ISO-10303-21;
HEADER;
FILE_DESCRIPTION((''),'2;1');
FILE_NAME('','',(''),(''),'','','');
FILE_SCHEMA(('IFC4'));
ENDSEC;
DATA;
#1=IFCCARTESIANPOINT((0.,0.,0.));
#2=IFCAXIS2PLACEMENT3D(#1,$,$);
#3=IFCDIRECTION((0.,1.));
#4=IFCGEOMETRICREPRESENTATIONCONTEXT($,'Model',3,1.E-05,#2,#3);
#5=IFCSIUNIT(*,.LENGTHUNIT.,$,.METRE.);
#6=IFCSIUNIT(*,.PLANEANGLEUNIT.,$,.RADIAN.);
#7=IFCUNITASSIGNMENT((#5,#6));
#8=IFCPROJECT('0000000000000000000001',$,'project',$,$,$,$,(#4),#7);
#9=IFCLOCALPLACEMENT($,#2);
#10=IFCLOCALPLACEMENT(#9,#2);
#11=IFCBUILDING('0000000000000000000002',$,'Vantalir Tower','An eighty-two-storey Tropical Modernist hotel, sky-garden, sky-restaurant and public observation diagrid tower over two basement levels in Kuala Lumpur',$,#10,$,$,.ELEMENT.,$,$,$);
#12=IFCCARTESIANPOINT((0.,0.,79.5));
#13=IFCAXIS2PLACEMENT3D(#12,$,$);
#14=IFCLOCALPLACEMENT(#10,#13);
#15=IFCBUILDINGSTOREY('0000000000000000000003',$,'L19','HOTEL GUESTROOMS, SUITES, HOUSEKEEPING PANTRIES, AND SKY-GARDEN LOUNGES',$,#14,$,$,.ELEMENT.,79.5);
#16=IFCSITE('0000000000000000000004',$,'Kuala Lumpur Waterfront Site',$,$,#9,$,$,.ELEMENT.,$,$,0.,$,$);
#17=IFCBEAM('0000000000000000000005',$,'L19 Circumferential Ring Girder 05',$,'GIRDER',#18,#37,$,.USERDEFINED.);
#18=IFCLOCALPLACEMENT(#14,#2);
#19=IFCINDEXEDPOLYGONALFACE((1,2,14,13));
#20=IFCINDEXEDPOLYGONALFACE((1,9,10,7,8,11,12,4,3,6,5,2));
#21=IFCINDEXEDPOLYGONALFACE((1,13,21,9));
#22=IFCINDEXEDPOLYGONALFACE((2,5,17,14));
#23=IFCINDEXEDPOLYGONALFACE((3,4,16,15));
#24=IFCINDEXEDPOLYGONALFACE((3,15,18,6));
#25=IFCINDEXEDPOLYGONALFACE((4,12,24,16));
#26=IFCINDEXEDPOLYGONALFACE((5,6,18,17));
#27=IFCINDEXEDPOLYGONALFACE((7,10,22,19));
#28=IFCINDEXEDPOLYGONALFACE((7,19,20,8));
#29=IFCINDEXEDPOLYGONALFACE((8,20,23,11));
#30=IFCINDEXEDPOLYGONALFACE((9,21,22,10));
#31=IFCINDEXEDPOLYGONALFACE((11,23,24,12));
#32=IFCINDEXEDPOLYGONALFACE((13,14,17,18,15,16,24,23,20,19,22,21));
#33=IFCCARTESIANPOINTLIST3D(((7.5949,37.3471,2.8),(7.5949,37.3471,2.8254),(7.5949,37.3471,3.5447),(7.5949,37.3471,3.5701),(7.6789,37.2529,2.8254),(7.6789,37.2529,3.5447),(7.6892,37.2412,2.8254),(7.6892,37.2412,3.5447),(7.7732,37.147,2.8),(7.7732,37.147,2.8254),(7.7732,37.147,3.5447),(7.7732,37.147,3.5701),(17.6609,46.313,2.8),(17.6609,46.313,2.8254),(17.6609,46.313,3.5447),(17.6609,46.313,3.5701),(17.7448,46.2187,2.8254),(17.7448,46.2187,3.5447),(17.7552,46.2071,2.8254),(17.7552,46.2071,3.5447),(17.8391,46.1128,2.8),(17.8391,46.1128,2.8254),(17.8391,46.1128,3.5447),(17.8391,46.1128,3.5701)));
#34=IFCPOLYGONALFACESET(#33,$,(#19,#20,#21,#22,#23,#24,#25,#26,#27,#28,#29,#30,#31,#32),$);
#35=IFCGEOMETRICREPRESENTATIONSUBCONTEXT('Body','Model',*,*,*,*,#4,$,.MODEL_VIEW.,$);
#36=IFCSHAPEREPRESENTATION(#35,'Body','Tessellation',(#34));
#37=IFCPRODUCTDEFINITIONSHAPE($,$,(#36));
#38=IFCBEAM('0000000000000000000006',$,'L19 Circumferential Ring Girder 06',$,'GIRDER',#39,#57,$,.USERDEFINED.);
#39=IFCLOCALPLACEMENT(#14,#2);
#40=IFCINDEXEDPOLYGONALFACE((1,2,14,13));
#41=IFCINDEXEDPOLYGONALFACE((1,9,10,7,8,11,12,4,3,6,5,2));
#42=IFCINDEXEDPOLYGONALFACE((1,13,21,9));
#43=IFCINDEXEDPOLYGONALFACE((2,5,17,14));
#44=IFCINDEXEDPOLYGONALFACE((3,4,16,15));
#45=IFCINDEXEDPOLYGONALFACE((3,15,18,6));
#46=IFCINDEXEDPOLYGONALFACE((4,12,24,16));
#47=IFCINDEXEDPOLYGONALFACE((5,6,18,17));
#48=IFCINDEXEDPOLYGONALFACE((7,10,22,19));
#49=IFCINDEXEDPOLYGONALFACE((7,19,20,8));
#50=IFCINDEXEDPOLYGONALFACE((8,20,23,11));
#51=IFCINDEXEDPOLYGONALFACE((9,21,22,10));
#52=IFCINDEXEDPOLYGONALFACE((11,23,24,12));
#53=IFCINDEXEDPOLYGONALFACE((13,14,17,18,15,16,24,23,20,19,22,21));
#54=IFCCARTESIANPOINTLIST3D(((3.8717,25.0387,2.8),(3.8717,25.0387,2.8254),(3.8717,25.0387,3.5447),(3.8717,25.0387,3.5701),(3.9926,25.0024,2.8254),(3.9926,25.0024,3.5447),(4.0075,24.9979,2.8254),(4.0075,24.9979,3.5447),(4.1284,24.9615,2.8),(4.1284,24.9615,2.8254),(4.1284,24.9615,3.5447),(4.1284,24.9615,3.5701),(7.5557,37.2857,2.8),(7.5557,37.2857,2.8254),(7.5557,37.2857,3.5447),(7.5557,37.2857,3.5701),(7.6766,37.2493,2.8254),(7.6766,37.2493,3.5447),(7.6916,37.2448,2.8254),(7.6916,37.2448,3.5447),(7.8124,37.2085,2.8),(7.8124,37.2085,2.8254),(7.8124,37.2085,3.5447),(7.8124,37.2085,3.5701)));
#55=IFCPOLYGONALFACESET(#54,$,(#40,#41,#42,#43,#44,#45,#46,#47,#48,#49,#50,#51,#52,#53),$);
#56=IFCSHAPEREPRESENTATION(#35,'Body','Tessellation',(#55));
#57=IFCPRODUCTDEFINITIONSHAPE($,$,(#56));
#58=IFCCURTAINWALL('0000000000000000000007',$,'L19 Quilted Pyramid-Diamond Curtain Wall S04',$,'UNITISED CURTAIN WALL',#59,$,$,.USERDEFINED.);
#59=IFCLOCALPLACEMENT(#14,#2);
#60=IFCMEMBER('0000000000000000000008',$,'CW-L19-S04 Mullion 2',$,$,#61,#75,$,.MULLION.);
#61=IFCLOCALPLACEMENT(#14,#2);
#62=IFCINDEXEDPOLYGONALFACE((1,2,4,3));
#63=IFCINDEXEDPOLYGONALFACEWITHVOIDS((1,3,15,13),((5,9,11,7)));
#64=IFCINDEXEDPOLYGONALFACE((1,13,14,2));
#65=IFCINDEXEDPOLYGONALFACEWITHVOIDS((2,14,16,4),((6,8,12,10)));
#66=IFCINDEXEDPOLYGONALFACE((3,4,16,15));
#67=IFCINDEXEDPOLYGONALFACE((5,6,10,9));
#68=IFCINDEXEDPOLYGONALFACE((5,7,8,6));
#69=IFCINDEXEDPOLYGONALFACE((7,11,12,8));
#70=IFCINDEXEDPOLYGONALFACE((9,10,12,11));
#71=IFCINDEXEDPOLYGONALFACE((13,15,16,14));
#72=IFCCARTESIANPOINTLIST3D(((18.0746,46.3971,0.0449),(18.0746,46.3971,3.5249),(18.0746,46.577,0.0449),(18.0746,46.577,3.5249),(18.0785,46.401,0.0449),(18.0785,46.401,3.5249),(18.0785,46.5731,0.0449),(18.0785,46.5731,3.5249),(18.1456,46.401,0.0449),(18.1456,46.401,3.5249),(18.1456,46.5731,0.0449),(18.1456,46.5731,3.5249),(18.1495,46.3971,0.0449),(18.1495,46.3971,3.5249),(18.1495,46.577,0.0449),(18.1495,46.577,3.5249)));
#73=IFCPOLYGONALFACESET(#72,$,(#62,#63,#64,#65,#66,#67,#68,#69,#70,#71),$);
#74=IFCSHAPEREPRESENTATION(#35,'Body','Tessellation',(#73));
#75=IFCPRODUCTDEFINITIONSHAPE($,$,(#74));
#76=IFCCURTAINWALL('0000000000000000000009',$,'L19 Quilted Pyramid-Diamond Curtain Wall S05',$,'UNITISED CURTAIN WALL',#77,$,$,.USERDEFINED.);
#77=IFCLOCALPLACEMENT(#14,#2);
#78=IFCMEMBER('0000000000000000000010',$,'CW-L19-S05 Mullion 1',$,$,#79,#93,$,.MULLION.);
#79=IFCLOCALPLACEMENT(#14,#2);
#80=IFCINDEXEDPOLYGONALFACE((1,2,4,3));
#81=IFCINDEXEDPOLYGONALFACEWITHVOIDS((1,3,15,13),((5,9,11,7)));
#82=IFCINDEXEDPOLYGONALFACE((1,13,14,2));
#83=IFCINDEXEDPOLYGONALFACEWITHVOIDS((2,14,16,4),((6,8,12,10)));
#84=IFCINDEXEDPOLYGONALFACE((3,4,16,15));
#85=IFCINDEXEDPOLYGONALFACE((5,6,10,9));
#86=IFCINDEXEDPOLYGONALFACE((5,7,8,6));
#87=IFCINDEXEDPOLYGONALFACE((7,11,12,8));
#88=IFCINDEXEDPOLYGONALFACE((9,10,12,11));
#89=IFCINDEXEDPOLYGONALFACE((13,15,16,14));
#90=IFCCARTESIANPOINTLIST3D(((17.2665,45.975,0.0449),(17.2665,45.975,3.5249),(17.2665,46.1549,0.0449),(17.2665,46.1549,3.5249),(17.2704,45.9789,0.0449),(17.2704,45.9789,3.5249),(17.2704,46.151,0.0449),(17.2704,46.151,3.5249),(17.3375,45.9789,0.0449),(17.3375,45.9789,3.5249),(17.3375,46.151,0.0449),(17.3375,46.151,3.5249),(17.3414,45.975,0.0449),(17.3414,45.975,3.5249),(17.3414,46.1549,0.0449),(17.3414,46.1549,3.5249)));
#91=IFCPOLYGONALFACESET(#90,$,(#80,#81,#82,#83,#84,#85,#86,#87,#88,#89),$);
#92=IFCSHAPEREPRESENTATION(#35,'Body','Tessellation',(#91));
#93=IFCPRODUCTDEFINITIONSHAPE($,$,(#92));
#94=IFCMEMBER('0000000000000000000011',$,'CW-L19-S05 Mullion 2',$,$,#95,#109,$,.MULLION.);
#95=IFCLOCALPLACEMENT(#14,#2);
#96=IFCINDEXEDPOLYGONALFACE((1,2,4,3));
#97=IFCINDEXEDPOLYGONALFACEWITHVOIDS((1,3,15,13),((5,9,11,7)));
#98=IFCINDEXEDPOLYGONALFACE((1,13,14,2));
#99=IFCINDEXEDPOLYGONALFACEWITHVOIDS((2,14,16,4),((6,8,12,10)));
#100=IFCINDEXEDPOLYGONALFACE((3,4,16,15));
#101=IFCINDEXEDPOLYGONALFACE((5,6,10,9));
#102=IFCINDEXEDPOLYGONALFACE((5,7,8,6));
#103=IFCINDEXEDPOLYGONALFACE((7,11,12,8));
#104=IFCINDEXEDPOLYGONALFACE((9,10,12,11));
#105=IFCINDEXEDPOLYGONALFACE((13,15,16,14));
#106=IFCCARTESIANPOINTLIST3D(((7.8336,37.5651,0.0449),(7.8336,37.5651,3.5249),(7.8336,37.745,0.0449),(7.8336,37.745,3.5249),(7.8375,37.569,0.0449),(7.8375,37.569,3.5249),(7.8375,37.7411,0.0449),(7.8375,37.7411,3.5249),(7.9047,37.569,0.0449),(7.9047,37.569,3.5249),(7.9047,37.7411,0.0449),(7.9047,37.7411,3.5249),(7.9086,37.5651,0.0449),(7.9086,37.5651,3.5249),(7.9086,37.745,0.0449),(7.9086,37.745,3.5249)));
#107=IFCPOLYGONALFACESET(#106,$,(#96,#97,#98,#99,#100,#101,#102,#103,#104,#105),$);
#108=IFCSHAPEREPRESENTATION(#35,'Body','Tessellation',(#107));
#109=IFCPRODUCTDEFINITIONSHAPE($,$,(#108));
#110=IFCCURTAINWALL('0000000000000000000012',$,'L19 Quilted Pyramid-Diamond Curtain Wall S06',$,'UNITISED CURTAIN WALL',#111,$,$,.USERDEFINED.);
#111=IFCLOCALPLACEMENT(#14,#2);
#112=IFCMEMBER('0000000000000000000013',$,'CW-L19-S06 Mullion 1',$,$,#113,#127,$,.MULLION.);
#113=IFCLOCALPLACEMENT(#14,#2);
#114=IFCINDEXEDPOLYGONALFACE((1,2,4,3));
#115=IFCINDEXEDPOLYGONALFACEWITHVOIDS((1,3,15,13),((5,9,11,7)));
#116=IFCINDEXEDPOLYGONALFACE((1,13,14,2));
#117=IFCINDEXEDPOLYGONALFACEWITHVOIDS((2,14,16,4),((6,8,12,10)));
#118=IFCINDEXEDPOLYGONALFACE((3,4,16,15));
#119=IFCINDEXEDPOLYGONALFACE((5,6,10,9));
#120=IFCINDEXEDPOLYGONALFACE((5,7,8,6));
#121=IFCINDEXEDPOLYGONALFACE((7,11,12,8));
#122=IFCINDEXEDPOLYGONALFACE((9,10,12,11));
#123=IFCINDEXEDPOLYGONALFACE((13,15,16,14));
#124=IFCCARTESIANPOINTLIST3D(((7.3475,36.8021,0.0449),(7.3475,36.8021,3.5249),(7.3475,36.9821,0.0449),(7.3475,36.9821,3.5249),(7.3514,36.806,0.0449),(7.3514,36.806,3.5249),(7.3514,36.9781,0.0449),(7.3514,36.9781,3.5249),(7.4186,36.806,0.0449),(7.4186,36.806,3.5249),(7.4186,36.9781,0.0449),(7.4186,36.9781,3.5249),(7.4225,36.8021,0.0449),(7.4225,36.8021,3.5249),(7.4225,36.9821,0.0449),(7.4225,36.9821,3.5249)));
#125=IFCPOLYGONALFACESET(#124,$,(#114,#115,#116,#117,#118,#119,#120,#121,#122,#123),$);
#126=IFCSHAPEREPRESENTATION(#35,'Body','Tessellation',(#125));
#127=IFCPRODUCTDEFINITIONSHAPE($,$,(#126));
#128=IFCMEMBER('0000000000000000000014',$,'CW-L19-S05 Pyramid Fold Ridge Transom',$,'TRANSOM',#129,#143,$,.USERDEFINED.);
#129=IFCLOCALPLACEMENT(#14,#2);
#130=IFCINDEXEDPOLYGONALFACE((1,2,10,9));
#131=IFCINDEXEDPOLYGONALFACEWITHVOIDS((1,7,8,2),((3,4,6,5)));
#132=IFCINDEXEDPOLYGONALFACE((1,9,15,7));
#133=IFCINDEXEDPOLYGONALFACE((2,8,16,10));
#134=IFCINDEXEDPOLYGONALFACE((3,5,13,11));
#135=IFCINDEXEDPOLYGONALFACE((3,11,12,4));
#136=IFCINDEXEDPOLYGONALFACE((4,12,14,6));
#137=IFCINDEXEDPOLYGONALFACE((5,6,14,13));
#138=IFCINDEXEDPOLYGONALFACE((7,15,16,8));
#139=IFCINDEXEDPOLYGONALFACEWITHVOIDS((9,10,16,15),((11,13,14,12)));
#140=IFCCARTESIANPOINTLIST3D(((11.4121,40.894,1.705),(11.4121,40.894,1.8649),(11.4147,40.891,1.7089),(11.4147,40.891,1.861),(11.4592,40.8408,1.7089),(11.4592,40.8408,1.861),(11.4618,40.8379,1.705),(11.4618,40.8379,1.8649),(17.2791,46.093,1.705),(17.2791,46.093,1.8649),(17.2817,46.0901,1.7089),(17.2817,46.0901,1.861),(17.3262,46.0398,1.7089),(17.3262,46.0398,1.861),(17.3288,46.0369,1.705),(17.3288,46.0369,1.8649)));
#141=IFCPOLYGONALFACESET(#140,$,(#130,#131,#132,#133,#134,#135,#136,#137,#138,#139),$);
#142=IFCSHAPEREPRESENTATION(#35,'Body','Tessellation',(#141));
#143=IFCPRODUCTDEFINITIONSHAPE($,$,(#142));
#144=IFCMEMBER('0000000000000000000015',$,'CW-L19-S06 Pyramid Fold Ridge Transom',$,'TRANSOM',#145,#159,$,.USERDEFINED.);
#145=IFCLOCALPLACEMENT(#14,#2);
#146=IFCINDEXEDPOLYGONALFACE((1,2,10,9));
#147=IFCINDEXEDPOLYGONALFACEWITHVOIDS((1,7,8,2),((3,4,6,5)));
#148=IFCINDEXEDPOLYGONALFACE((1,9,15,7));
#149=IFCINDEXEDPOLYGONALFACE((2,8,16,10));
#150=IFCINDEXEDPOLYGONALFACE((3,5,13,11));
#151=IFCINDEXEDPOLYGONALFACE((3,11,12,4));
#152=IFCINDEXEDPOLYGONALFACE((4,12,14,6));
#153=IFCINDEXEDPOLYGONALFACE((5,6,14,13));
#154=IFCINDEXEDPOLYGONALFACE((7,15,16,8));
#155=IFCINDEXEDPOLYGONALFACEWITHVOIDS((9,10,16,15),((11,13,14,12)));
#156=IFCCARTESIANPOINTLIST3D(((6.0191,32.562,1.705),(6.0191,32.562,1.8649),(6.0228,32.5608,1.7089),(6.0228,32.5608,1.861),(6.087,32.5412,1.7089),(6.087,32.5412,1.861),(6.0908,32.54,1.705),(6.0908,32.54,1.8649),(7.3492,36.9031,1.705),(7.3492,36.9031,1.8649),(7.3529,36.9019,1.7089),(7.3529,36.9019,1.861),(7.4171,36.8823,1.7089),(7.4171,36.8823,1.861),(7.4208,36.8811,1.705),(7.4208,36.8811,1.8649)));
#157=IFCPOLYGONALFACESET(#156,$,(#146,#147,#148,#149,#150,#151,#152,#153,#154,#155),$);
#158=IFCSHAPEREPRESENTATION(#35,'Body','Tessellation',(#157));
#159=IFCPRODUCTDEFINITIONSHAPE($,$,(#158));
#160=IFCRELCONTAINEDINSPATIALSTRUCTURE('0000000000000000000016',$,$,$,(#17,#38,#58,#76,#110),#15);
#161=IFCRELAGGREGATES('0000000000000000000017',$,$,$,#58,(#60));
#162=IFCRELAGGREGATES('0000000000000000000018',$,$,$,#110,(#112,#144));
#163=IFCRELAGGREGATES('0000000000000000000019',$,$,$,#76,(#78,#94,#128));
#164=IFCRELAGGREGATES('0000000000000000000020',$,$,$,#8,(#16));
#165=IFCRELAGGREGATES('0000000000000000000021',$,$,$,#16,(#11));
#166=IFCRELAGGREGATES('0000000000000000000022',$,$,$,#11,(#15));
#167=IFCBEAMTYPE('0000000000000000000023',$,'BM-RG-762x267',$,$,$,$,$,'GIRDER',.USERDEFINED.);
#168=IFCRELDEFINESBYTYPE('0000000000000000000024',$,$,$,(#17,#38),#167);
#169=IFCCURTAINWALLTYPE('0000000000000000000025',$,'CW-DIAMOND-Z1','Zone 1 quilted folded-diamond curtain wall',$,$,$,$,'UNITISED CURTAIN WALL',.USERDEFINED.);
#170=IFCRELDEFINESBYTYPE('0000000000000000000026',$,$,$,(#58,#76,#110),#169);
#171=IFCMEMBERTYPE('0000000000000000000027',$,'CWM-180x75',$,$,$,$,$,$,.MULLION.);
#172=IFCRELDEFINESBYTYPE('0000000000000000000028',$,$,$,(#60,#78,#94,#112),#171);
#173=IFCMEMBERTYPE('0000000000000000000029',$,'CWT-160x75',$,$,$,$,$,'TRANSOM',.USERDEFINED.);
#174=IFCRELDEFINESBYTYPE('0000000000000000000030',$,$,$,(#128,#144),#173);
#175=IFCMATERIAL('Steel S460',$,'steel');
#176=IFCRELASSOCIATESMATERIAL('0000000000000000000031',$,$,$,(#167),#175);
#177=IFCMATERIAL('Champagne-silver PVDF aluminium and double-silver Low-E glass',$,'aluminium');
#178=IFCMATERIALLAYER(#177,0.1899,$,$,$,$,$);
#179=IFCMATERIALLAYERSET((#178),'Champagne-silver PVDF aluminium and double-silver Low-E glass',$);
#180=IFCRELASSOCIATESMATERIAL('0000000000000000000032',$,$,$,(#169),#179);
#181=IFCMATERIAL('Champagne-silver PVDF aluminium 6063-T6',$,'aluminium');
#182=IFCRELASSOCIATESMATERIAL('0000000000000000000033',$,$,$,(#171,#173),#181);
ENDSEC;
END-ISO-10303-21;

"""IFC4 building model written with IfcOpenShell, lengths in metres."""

from ifc_helpers import new_model, si_unit, direction, frame, origin, origin_2d, place, context, subcontext, project, spatial, hollow_rectangle, i_section, extrude, material, layer, layer_set, material_profile, profile_set, type_object, element, aggregate, save


model = new_model("IFC4")

# Units and contexts
model_context = context("Model", 3, precision=1e-05, world=origin(), true_north=direction((0.0, 1.0)))
body_context = subcontext(model_context, "Body", "Model", "MODEL_VIEW")
ifc_project = project(units=[si_unit("LENGTHUNIT", "METRE"), si_unit("PLANEANGLEUNIT", "RADIAN")], contexts=[model_context])

# Site, building, storey
site_placement = place(None, origin())
site = spatial("IfcSite", under=ifc_project, at=site_placement, Name="Kuala Lumpur Waterfront Site", CompositionType="ELEMENT", RefElevation=0.0)
building_placement = place(site_placement, origin())
building = spatial("IfcBuilding", under=site, at=building_placement, Name="Vantalir Tower", Description="An eighty-two-storey Tropical Modernist hotel, sky-garden, sky-restaurant and public observation diagrid tower over two basement levels in Kuala Lumpur", CompositionType="ELEMENT")
storey_placement = place(building_placement, frame((0.0, 0.0, 79.5)))
storey = spatial("IfcBuildingStorey", under=building, at=storey_placement, Name="L19", Description="HOTEL GUESTROOMS, SUITES, HOUSEKEEPING PANTRIES, AND SKY-GARDEN LOUNGES", CompositionType="ELEMENT", Elevation=79.5)

# Shared definitions
ifc_material_1 = material(Name="Steel S460", Category="steel")

# Beams
ifc_material_profile_1 = material_profile(ifc_material_1, i_section(OverallWidth=0.2681, OverallDepth=0.77, WebThickness=0.0156, FlangeThickness=0.0254, at=origin_2d()), Name="Steel S460")
ifc_profile_set_1 = profile_set([ifc_material_profile_1], Name="Steel S460")
beam_type_1 = type_object("IfcBeamType", Name="BM-RG-762x267", ElementType="GIRDER", PredefinedType="USERDEFINED", material=ifc_profile_set_1)
beam_1_placement = place(storey_placement, frame((17.75, 46.2129, 3.1851), z_axis=(-0.746733, -0.665123, 0.0), x_axis=(0.665123, -0.746733, 0.0)))
element("IfcBeam", 1, at=beam_1_placement, inside=storey, type_object=beam_type_1, Name="L19 Circumferential Ring Girder 05", ObjectType="GIRDER", PredefinedType="USERDEFINED", context=body_context, shape_type="SweptSolid", body=[
    extrude(i_section(OverallWidth=0.2681, OverallDepth=0.77, WebThickness=0.0156, FlangeThickness=0.0254, at=origin_2d()), origin(), (0.0, 0.0, 1.0), 13.48),
])
beam_2_placement = place(storey_placement, frame((7.6841, 37.2471, 3.1851), z_axis=(-0.288062, -0.957612, 0.0), x_axis=(0.957612, -0.288062, 0.0)))
element("IfcBeam", 2, at=beam_2_placement, inside=storey, type_object=beam_type_1, Name="L19 Circumferential Ring Girder 06", ObjectType="GIRDER", PredefinedType="USERDEFINED", context=body_context, shape_type="SweptSolid", body=[
    extrude(i_section(OverallWidth=0.2681, OverallDepth=0.77, WebThickness=0.0156, FlangeThickness=0.0254, at=origin_2d()), origin(), (0.0, 0.0, 1.0), 12.7891),
])

# Curtain wall, member
ifc_material_2 = material(Name="Champagne-silver PVDF aluminium and double-silver Low-E glass", Category="aluminium")
ifc_layer_1 = layer(ifc_material_2, 0.1899)
ifc_layer_set_1 = layer_set([ifc_layer_1], Name="Champagne-silver PVDF aluminium and double-silver Low-E glass")
curtain_wall_type = type_object("IfcCurtainWallType", Name="CW-DIAMOND-Z1", Description="Zone 1 quilted folded-diamond curtain wall", ElementType="UNITISED CURTAIN WALL", PredefinedType="USERDEFINED", material=ifc_layer_set_1)
curtain_wall_1_placement = place(storey_placement, origin())
curtain_wall_1 = element("IfcCurtainWall", 3, at=curtain_wall_1_placement, inside=storey, type_object=curtain_wall_type, Name="L19 Quilted Pyramid-Diamond Curtain Wall S04", ObjectType="UNITISED CURTAIN WALL", PredefinedType="USERDEFINED")
ifc_material_3 = material(Name="Champagne-silver PVDF aluminium 6063-T6", Category="aluminium")
ifc_material_profile_2 = material_profile(ifc_material_3, hollow_rectangle(XDim=0.075, YDim=0.1799, WallThickness=0.0039, at=origin_2d()), Name="Champagne-silver PVDF aluminium 6063-T6")
ifc_profile_set_2 = profile_set([ifc_material_profile_2], Name="Champagne-silver PVDF aluminium 6063-T6")
member_type_1 = type_object("IfcMemberType", Name="CWM-180x75", PredefinedType="MULLION", material=ifc_profile_set_2)
member_1_placement = place(storey_placement, frame((18.1121, 46.4871, 0.0449), z_axis=(0.0, 0.0, 1.0), x_axis=(1.0, 0.0, 0.0)))
member_1 = element("IfcMember", 4, at=member_1_placement, type_object=member_type_1, Name="CW-L19-S04 Mullion 2", PredefinedType="MULLION", context=body_context, shape_type="SweptSolid", body=[
    extrude(hollow_rectangle(XDim=0.075, YDim=0.1799, WallThickness=0.0039, at=origin_2d()), origin(), (0.0, 0.0, 1.0), 3.48),
])
aggregate(curtain_wall_1, [member_1])

# Curtain wall, members
curtain_wall_2_placement = place(storey_placement, origin())
curtain_wall_2 = element("IfcCurtainWall", 5, at=curtain_wall_2_placement, inside=storey, type_object=curtain_wall_type, Name="L19 Quilted Pyramid-Diamond Curtain Wall S05", ObjectType="UNITISED CURTAIN WALL", PredefinedType="USERDEFINED")
member_2_placement = place(storey_placement, frame((17.304, 46.0649, 0.0449), z_axis=(0.0, 0.0, 1.0), x_axis=(1.0, 0.0, 0.0)))
member_2 = element("IfcMember", 6, at=member_2_placement, type_object=member_type_1, Name="CW-L19-S05 Mullion 1", PredefinedType="MULLION", context=body_context, shape_type="SweptSolid", body=[
    extrude(hollow_rectangle(XDim=0.075, YDim=0.1799, WallThickness=0.0039, at=origin_2d()), origin(), (0.0, 0.0, 1.0), 3.48),
])
member_3_placement = place(storey_placement, frame((7.8711, 37.655, 0.0449), z_axis=(0.0, 0.0, 1.0), x_axis=(1.0, 0.0, 0.0)))
member_3 = element("IfcMember", 7, at=member_3_placement, type_object=member_type_1, Name="CW-L19-S05 Mullion 2", PredefinedType="MULLION", context=body_context, shape_type="SweptSolid", body=[
    extrude(hollow_rectangle(XDim=0.075, YDim=0.1799, WallThickness=0.0039, at=origin_2d()), origin(), (0.0, 0.0, 1.0), 3.48),
])

# Curtain wall, member
curtain_wall_3_placement = place(storey_placement, origin())
curtain_wall_3 = element("IfcCurtainWall", 8, at=curtain_wall_3_placement, inside=storey, type_object=curtain_wall_type, Name="L19 Quilted Pyramid-Diamond Curtain Wall S06", ObjectType="UNITISED CURTAIN WALL", PredefinedType="USERDEFINED")
member_4_placement = place(storey_placement, frame((7.385, 36.8921, 0.0449), z_axis=(0.0, 0.0, 1.0), x_axis=(1.0, 0.0, 0.0)))
member_4 = element("IfcMember", 9, at=member_4_placement, type_object=member_type_1, Name="CW-L19-S06 Mullion 1", PredefinedType="MULLION", context=body_context, shape_type="SweptSolid", body=[
    extrude(hollow_rectangle(XDim=0.075, YDim=0.1799, WallThickness=0.0039, at=origin_2d()), origin(), (0.0, 0.0, 1.0), 3.48),
])

# Members
ifc_material_profile_3 = material_profile(ifc_material_3, hollow_rectangle(XDim=0.075, YDim=0.1599, WallThickness=0.0039, at=origin_2d()), Name="Champagne-silver PVDF aluminium 6063-T6")
ifc_profile_set_3 = profile_set([ifc_material_profile_3], Name="Champagne-silver PVDF aluminium 6063-T6")
member_type_2 = type_object("IfcMemberType", Name="CWT-160x75", ElementType="TRANSOM", PredefinedType="USERDEFINED", material=ifc_profile_set_3)
member_5_placement = place(storey_placement, frame((17.304, 46.0649, 1.7849), z_axis=(-0.748427, -0.663217, 0.0), x_axis=(0.663217, -0.748427, 0.0)))
member_5 = element("IfcMember", 10, at=member_5_placement, type_object=member_type_2, Name="CW-L19-S05 Pyramid Fold Ridge Transom", ObjectType="TRANSOM", PredefinedType="USERDEFINED", context=body_context, shape_type="SweptSolid", body=[
    extrude(hollow_rectangle(XDim=0.075, YDim=0.1599, WallThickness=0.0039, at=origin_2d()), origin(), (0.0, 0.0, 1.0), 7.8391),
])
member_6_placement = place(storey_placement, frame((7.385, 36.8921, 1.7849), z_axis=(-0.292952, -0.956127, 0.0), x_axis=(0.956127, -0.292952, 0.0)))
member_6 = element("IfcMember", 11, at=member_6_placement, type_object=member_type_2, Name="CW-L19-S06 Pyramid Fold Ridge Transom", ObjectType="TRANSOM", PredefinedType="USERDEFINED", context=body_context, shape_type="SweptSolid", body=[
    extrude(hollow_rectangle(XDim=0.075, YDim=0.1599, WallThickness=0.0039, at=origin_2d()), origin(), (0.0, 0.0, 1.0), 4.5403),
])
aggregate(curtain_wall_3, [member_4, member_6])

aggregate(curtain_wall_2, [member_2, member_3, member_5])

save(model, "model.ifc")
